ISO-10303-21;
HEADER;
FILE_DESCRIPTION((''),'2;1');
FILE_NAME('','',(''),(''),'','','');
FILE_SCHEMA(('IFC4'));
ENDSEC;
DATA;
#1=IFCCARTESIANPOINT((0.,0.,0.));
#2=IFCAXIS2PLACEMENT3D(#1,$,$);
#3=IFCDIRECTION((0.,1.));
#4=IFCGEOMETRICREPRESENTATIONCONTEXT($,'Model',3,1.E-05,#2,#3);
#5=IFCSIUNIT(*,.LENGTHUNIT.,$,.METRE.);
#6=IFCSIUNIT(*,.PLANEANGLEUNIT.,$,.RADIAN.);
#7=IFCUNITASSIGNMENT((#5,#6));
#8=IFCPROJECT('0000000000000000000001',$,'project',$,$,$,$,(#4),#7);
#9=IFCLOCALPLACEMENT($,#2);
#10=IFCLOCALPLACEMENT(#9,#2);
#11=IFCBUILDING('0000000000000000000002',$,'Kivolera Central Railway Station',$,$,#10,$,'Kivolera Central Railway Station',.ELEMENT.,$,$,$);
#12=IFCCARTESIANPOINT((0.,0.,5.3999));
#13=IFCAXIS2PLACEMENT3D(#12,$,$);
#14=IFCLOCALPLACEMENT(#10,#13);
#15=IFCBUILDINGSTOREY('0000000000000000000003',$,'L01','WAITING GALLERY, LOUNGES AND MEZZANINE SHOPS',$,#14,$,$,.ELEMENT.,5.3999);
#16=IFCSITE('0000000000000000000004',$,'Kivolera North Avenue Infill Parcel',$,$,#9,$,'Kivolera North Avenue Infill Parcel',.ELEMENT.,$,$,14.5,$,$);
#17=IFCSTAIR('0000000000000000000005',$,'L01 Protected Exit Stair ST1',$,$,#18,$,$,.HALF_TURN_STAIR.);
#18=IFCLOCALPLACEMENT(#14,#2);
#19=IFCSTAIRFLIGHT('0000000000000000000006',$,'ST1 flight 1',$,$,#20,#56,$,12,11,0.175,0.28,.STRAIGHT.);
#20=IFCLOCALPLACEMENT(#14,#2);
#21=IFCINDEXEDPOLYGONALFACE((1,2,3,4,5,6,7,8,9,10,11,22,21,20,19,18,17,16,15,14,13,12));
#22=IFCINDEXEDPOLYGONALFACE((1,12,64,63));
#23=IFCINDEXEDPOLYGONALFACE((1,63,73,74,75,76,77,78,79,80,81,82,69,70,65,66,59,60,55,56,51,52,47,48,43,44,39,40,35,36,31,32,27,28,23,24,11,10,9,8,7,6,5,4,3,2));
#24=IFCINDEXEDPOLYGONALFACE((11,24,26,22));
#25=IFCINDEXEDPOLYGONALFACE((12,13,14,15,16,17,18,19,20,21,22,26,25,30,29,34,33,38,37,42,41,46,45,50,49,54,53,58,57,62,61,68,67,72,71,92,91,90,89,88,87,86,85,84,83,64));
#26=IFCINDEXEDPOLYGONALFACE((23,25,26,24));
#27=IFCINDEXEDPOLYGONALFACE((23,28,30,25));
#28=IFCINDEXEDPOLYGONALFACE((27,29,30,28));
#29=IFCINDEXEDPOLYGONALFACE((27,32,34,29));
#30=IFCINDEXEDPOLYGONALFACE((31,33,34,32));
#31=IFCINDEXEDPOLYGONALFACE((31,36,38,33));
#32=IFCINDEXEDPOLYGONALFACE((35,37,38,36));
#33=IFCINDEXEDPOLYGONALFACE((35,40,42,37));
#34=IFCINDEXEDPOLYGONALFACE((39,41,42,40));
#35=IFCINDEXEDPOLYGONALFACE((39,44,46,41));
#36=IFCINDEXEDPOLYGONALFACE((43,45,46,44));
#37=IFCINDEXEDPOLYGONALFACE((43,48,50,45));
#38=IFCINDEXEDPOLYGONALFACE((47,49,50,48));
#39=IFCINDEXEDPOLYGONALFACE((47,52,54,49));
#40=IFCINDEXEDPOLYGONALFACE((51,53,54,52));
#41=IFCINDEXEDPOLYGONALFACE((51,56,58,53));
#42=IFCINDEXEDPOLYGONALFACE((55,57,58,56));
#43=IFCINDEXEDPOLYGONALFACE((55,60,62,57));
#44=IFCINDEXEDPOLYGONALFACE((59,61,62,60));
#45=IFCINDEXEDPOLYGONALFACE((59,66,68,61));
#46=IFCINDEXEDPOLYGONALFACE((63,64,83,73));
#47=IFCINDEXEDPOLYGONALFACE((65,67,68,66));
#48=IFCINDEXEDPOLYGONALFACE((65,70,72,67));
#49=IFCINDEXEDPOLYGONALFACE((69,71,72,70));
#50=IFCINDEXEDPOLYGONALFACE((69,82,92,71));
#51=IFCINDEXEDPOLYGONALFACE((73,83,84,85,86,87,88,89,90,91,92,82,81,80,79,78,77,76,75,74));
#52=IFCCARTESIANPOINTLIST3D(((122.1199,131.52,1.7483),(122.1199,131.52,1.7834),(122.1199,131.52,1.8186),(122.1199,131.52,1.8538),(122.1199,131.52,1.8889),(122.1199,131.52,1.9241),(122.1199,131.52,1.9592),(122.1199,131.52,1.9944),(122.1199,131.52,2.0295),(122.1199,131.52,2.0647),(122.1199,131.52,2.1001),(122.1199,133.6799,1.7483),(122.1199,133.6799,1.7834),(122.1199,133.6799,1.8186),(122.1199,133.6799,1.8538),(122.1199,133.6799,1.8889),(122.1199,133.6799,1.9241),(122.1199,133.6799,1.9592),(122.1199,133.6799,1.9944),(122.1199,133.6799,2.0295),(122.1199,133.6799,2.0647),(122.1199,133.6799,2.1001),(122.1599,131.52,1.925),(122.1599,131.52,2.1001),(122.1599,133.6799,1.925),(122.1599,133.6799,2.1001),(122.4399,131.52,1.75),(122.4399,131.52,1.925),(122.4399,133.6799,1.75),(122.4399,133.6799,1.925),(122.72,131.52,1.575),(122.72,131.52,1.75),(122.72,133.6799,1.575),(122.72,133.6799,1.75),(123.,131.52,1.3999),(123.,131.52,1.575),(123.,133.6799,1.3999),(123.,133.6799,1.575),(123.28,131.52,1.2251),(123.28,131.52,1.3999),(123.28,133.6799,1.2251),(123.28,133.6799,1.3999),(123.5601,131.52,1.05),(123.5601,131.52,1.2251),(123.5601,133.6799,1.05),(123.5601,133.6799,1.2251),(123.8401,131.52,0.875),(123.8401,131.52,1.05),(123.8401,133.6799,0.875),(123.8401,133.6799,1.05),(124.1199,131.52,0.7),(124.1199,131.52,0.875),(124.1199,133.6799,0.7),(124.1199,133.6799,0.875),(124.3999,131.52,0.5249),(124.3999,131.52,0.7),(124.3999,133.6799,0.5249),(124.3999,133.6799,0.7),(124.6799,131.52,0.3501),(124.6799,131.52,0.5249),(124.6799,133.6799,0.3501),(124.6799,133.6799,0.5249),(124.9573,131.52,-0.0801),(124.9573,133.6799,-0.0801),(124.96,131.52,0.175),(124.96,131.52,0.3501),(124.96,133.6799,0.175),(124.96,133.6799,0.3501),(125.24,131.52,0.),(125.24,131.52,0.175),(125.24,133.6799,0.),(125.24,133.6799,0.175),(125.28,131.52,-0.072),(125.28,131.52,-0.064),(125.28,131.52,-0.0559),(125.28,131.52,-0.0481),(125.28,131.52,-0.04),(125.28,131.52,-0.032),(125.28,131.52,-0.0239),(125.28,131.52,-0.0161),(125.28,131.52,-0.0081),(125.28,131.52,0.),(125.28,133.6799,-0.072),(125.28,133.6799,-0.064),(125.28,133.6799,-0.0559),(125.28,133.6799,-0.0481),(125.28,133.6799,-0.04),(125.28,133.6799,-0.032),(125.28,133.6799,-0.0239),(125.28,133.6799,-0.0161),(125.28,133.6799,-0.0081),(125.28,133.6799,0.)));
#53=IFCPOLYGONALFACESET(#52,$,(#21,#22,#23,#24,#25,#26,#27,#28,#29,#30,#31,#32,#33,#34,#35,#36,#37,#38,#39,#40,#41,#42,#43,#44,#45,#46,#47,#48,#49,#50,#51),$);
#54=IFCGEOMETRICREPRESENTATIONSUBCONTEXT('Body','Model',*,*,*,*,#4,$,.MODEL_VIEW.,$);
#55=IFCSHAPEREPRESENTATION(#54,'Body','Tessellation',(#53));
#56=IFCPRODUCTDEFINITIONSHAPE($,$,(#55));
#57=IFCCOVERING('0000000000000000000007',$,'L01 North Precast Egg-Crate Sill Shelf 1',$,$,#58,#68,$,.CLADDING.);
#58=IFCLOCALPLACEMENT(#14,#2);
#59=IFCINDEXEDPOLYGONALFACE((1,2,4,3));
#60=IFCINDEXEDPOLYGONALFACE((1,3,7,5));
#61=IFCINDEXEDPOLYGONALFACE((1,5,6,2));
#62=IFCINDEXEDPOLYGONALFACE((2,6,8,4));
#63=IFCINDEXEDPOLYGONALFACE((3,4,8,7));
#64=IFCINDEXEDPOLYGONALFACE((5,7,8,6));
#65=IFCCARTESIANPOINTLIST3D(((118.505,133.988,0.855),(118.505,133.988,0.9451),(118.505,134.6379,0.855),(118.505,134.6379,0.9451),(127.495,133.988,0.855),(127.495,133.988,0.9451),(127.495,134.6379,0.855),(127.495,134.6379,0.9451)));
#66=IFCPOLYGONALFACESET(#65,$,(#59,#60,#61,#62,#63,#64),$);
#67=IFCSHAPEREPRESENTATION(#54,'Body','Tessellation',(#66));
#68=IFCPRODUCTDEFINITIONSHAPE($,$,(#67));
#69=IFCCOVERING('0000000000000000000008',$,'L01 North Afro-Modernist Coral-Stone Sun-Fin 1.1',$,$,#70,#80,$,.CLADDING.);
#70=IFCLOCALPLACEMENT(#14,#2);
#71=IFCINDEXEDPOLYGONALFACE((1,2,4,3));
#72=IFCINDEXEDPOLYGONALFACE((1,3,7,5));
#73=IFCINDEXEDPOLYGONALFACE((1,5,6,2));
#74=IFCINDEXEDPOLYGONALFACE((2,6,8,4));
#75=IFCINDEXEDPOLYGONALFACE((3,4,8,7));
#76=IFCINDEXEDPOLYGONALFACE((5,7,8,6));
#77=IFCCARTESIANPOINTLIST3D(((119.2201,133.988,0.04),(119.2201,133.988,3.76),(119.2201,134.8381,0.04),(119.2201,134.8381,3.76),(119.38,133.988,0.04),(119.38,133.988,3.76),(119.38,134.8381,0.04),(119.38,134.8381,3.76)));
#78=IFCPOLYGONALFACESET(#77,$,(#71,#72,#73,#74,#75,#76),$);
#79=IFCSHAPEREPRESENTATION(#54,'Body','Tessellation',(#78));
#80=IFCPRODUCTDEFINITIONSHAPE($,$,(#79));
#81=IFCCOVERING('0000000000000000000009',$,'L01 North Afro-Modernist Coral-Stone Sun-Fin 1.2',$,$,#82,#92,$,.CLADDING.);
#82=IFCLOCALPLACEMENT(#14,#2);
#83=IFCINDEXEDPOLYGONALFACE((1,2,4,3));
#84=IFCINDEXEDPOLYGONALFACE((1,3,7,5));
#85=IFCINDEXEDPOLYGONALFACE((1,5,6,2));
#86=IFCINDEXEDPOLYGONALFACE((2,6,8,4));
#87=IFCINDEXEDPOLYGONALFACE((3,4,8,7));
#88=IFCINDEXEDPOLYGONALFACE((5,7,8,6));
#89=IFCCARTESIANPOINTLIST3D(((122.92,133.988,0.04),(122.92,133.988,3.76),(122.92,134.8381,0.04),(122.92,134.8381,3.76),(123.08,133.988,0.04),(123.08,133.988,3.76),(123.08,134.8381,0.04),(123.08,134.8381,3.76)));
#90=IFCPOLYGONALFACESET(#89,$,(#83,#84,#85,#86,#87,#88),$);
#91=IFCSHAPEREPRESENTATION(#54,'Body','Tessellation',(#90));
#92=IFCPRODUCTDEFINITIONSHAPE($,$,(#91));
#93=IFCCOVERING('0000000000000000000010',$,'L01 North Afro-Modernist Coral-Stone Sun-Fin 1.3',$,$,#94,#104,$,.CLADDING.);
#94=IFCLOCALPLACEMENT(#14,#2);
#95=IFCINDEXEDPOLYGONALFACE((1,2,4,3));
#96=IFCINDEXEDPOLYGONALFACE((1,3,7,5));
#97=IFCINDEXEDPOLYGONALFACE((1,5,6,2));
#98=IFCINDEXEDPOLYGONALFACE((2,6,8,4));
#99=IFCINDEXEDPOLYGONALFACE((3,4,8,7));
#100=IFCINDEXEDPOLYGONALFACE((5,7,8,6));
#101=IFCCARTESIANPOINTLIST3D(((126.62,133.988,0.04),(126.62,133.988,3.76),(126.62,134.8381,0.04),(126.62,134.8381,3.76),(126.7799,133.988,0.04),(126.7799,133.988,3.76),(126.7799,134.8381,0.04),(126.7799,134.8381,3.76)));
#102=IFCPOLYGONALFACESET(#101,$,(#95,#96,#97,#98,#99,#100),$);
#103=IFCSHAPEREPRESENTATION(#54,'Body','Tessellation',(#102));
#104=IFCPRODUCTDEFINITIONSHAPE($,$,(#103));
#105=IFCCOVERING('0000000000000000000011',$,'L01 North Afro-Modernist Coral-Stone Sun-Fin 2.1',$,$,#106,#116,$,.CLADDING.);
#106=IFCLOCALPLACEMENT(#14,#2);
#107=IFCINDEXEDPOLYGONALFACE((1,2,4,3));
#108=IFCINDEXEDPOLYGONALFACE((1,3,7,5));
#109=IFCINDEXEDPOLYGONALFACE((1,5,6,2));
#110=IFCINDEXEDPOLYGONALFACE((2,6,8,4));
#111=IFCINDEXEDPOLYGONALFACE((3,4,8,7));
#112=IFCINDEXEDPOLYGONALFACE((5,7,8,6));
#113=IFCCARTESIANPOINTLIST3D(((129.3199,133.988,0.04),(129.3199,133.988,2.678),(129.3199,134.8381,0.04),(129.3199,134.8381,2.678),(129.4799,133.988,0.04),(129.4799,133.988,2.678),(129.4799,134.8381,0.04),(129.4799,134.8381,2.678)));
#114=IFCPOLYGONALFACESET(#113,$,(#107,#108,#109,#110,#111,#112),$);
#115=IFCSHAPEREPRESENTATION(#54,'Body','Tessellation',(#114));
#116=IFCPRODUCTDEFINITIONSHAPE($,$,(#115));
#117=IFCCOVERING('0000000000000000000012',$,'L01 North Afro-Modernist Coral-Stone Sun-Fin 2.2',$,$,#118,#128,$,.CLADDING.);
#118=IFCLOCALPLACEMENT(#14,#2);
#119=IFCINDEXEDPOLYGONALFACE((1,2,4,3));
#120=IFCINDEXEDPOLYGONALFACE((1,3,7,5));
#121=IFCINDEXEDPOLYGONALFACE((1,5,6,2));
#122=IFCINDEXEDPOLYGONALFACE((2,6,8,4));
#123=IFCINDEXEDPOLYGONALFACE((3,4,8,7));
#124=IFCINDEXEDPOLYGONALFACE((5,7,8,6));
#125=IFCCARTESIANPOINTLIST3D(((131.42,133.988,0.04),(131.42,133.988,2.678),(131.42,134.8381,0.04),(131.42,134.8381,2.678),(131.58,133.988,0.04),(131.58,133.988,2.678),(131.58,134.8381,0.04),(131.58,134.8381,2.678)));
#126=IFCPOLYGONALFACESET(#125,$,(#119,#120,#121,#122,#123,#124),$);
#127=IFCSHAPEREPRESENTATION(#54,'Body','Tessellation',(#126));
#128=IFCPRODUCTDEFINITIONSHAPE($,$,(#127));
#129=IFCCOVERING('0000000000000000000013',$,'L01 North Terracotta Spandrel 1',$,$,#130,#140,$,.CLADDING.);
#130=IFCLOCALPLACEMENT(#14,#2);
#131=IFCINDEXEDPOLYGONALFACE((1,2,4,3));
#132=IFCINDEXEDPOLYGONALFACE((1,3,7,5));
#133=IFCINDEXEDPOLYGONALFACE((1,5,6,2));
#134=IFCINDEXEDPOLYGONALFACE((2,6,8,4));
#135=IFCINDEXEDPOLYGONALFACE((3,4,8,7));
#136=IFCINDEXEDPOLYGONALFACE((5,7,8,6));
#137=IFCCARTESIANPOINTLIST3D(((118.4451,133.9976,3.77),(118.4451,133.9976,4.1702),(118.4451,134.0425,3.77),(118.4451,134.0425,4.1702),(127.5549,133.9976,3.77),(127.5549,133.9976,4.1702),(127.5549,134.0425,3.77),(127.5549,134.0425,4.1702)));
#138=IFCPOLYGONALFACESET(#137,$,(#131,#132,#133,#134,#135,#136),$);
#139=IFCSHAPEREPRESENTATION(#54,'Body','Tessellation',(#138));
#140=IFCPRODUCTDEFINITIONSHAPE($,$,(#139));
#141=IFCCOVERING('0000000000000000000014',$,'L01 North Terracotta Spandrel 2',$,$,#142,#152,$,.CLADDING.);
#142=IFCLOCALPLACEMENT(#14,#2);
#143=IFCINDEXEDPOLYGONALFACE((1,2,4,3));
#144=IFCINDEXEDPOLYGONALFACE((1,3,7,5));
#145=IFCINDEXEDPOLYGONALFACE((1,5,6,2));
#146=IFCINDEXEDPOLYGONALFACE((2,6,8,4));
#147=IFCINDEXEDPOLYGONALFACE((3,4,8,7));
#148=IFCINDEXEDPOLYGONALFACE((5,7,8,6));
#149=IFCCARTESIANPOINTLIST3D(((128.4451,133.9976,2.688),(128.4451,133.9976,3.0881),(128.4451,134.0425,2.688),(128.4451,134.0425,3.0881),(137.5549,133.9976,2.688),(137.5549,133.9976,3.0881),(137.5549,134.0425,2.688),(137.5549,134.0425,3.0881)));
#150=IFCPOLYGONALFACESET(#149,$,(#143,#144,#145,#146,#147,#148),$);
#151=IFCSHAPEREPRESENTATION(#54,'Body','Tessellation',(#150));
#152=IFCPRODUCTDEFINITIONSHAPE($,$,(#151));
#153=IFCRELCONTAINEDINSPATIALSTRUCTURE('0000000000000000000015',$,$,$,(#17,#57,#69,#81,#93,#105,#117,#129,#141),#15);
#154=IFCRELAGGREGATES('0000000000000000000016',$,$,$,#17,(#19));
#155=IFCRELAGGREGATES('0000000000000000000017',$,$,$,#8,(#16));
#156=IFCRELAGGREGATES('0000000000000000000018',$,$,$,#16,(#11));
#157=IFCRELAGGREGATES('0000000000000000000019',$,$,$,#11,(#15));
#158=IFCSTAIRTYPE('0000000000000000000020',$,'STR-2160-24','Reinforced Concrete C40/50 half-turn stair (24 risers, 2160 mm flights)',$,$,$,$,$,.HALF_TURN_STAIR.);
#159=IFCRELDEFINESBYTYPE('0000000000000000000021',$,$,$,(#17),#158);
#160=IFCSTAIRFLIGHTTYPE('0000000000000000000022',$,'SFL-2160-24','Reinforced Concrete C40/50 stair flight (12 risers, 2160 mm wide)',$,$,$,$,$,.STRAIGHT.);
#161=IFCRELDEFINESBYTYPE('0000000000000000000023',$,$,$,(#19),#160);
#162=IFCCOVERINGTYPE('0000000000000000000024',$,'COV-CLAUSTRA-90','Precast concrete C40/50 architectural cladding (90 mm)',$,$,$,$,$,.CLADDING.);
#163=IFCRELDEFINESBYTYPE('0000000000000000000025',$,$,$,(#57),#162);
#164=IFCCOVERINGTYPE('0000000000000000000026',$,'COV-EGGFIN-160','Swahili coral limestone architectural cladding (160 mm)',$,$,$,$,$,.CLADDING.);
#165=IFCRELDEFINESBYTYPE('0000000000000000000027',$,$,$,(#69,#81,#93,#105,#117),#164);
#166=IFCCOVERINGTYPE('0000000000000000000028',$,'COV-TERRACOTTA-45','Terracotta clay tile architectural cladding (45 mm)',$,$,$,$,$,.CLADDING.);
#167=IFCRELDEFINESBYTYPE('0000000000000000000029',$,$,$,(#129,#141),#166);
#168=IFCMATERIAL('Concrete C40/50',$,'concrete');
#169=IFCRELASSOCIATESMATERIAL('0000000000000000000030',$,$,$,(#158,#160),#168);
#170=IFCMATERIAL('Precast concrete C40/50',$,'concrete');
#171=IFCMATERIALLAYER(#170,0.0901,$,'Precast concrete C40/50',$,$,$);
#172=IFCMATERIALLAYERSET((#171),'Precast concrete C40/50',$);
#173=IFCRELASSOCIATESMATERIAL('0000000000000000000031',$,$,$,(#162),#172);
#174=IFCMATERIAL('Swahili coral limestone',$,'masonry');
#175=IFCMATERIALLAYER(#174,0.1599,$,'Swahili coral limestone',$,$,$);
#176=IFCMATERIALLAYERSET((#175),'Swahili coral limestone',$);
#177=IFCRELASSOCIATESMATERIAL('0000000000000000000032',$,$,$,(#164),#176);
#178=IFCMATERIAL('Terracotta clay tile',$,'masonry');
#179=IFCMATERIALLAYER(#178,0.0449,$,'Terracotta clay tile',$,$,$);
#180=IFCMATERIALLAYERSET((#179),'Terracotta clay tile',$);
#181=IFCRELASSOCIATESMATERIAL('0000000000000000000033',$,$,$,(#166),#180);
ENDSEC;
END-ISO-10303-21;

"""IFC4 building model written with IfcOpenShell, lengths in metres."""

from ifc_helpers import new_model, si_unit, direction, frame, frame_2d, origin, origin_2d, place, context, subcontext, project, spatial, polyline, rectangle, outline, extrude, material, layer, layer_set, type_object, element, aggregate, save


model = new_model("IFC4")

# Units and contexts
model_context = context("Model", 3, precision=1e-05, world=origin(), true_north=direction((0.0, 1.0)))
body_context = subcontext(model_context, "Body", "Model", "MODEL_VIEW")
ifc_project = project(units=[si_unit("LENGTHUNIT", "METRE"), si_unit("PLANEANGLEUNIT", "RADIAN")], contexts=[model_context])

# Site, building, storey
site_placement = place(None, origin())
site = spatial("IfcSite", under=ifc_project, at=site_placement, Name="Kivolera North Avenue Infill Parcel", LongName="Kivolera North Avenue Infill Parcel", CompositionType="ELEMENT", RefElevation=14.5)
building_placement = place(site_placement, origin())
building = spatial("IfcBuilding", under=site, at=building_placement, Name="Kivolera Central Railway Station", LongName="Kivolera Central Railway Station", CompositionType="ELEMENT")
storey_placement = place(building_placement, frame((0.0, 0.0, 5.3999)))
storey = spatial("IfcBuildingStorey", under=building, at=storey_placement, Name="L01", Description="WAITING GALLERY, LOUNGES AND MEZZANINE SHOPS", CompositionType="ELEMENT", Elevation=5.3999)

# Shared definitions
ifc_material_1 = material(Name="Concrete C40/50", Category="concrete")

# Shared definitions
ifc_material_2 = material(Name="Swahili coral limestone", Category="masonry")

# Stair, stair flight
stair_type = type_object("IfcStairType", Name="STR-2160-24", Description="Reinforced Concrete C40/50 half-turn stair (24 risers, 2160 mm flights)", PredefinedType="HALF_TURN_STAIR", material=ifc_material_1)
stair_placement = place(storey_placement, origin())
stair = element("IfcStair", 1, at=stair_placement, inside=storey, type_object=stair_type, Name="L01 Protected Exit Stair ST1", PredefinedType="HALF_TURN_STAIR")
stair_flight_type = type_object("IfcStairFlightType", Name="SFL-2160-24", Description="Reinforced Concrete C40/50 stair flight (12 risers, 2160 mm wide)", PredefinedType="STRAIGHT", material=ifc_material_1)
stair_flight_placement = place(storey_placement, frame((125.24, 132.6001, 0.0), z_axis=(0.0, 0.0, 1.0), x_axis=(-1.0, 0.0, 0.0)))
stair_flight = element("IfcStairFlight", 2, at=stair_flight_placement, type_object=stair_flight_type, Name="ST1 flight 1", NumberOfRisers=12, NumberOfTreads=11, PredefinedType="STRAIGHT", RiserHeight=0.175, TreadLength=0.28, context=body_context, shape_type="SweptSolid", body=[
    extrude(outline(polyline([(-0.04, 0.0), (0.0, 0.0), (0.0, 0.175), (0.28, 0.175), (0.28, 0.3501), (0.5601, 0.3501), (0.5601, 0.5249), (0.8401, 0.5249), (0.8401, 0.7), (1.1201, 0.7), (1.1201, 0.875), (1.3999, 0.875), (1.3999, 1.05), (1.6799, 1.05), (1.6799, 1.2251), (1.96, 1.2251), (1.96, 1.3999), (2.24, 1.3999), (2.24, 1.575), (2.52, 1.575), (2.52, 1.75), (2.8, 1.75), (2.8, 1.925), (3.0801, 1.925), (3.0801, 2.1001), (3.1201, 2.1001), (3.1201, 2.0647), (3.1201, 2.0295), (3.1201, 1.9944), (3.1201, 1.9592), (3.1201, 1.9241), (3.1201, 1.8889), (3.1201, 1.8538), (3.1201, 1.8186), (3.1201, 1.7834), (3.1201, 1.7483), (0.2827, -0.0801), (-0.04, -0.072), (-0.04, -0.064), (-0.04, -0.0559), (-0.04, -0.0481), (-0.04, -0.04), (-0.04, -0.032), (-0.04, -0.0239), (-0.04, -0.0161), (-0.04, -0.0081), (-0.04, 0.0)])), frame((0.0, 1.0801, 0.0), z_axis=(0.0, -1.0, 0.0), x_axis=(1.0, 0.0, 0.0)), (0.0, 0.0, 1.0), 2.1599),
])
aggregate(stair, [stair_flight])

# Coverings
ifc_material_3 = material(Name="Precast concrete C40/50", Category="concrete")
ifc_layer_1 = layer(ifc_material_3, 0.0901, Name="Precast concrete C40/50")
ifc_layer_set_1 = layer_set([ifc_layer_1], Name="Precast concrete C40/50")
covering_type_1 = type_object("IfcCoveringType", Name="COV-CLAUSTRA-90", Description="Precast concrete C40/50 architectural cladding (90 mm)", PredefinedType="CLADDING", material=ifc_layer_set_1)
covering_placement = place(storey_placement, frame((123.0, 134.313, 0.855), z_axis=(0.0, 0.0, 1.0), x_axis=(1.0, 0.0, 0.0)))
element("IfcCovering", 3, at=covering_placement, inside=storey, type_object=covering_type_1, Name="L01 North Precast Egg-Crate Sill Shelf 1", PredefinedType="CLADDING", context=body_context, shape_type="SweptSolid", body=[
    extrude(rectangle(XDim=8.99, YDim=0.6499, at=origin_2d()), origin(), (0.0, 0.0, 1.0), 0.0901),
])
ifc_layer_2 = layer(ifc_material_2, 0.1599, Name="Swahili coral limestone")
ifc_layer_set_2 = layer_set([ifc_layer_2], Name="Swahili coral limestone")
covering_type_2 = type_object("IfcCoveringType", Name="COV-EGGFIN-160", Description="Swahili coral limestone architectural cladding (160 mm)", PredefinedType="CLADDING", material=ifc_layer_set_2)
for number, where, z_axis, x_axis, name in (
    (4, (119.3, 134.4131, 0.04), (0.0, 0.0, 1.0), (1.0, 0.0, 0.0), "L01 North Afro-Modernist Coral-Stone Sun-Fin 1.1"),
    (5, (123.0, 134.4131, 0.04), (0.0, 0.0, 1.0), (1.0, 0.0, 0.0), "L01 North Afro-Modernist Coral-Stone Sun-Fin 1.2"),
    (6, (126.7, 134.4131, 0.04), (0.0, 0.0, 1.0), (1.0, 0.0, 0.0), "L01 North Afro-Modernist Coral-Stone Sun-Fin 1.3"),
):
    element("IfcCovering", number, at=place(storey_placement, frame(where, z_axis=z_axis, x_axis=x_axis)), inside=storey, type_object=covering_type_2, Name=name, PredefinedType="CLADDING", context=body_context, shape_type="SweptSolid", body=[
        extrude(rectangle(XDim=0.1599, YDim=0.8501, at=origin_2d()), origin(), (0.0, 0.0, 1.0), 3.72),
    ])
for number, where, z_axis, x_axis, name in (
    (7, (129.3999, 134.4131, 0.04), (0.0, 0.0, 1.0), (1.0, 0.0, 0.0), "L01 North Afro-Modernist Coral-Stone Sun-Fin 2.1"),
    (8, (131.5, 134.4131, 0.04), (0.0, 0.0, 1.0), (1.0, 0.0, 0.0), "L01 North Afro-Modernist Coral-Stone Sun-Fin 2.2"),
):
    element("IfcCovering", number, at=place(storey_placement, frame(where, z_axis=z_axis, x_axis=x_axis)), inside=storey, type_object=covering_type_2, Name=name, PredefinedType="CLADDING", context=body_context, shape_type="SweptSolid", body=[
        extrude(rectangle(XDim=0.1599, YDim=0.8501, at=origin_2d()), origin(), (0.0, 0.0, 1.0), 2.6379),
    ])
ifc_material_4 = material(Name="Terracotta clay tile", Category="masonry")
ifc_layer_3 = layer(ifc_material_4, 0.0449, Name="Terracotta clay tile")
ifc_layer_set_3 = layer_set([ifc_layer_3], Name="Terracotta clay tile")
covering_type_3 = type_object("IfcCoveringType", Name="COV-TERRACOTTA-45", Description="Terracotta clay tile architectural cladding (45 mm)", PredefinedType="CLADDING", material=ifc_layer_set_3)
for number, where, z_axis, x_axis, name in (
    (9, (118.4451, 134.02, 3.77), (0.0, 0.0, 1.0), (1.0, 0.0, 0.0), "L01 North Terracotta Spandrel 1"),
    (10, (128.4451, 134.02, 2.688), (0.0, 0.0, 1.0), (1.0, 0.0, 0.0), "L01 North Terracotta Spandrel 2"),
):
    element("IfcCovering", number, at=place(storey_placement, frame(where, z_axis=z_axis, x_axis=x_axis)), inside=storey, type_object=covering_type_3, Name=name, PredefinedType="CLADDING", context=body_context, shape_type="SweptSolid", body=[
        extrude(rectangle(XDim=9.1099, YDim=0.0449, at=frame_2d((4.5549, 0.0))), origin(), (0.0, 0.0, 1.0), 0.4001),
    ])

save(model, "model.ifc")
